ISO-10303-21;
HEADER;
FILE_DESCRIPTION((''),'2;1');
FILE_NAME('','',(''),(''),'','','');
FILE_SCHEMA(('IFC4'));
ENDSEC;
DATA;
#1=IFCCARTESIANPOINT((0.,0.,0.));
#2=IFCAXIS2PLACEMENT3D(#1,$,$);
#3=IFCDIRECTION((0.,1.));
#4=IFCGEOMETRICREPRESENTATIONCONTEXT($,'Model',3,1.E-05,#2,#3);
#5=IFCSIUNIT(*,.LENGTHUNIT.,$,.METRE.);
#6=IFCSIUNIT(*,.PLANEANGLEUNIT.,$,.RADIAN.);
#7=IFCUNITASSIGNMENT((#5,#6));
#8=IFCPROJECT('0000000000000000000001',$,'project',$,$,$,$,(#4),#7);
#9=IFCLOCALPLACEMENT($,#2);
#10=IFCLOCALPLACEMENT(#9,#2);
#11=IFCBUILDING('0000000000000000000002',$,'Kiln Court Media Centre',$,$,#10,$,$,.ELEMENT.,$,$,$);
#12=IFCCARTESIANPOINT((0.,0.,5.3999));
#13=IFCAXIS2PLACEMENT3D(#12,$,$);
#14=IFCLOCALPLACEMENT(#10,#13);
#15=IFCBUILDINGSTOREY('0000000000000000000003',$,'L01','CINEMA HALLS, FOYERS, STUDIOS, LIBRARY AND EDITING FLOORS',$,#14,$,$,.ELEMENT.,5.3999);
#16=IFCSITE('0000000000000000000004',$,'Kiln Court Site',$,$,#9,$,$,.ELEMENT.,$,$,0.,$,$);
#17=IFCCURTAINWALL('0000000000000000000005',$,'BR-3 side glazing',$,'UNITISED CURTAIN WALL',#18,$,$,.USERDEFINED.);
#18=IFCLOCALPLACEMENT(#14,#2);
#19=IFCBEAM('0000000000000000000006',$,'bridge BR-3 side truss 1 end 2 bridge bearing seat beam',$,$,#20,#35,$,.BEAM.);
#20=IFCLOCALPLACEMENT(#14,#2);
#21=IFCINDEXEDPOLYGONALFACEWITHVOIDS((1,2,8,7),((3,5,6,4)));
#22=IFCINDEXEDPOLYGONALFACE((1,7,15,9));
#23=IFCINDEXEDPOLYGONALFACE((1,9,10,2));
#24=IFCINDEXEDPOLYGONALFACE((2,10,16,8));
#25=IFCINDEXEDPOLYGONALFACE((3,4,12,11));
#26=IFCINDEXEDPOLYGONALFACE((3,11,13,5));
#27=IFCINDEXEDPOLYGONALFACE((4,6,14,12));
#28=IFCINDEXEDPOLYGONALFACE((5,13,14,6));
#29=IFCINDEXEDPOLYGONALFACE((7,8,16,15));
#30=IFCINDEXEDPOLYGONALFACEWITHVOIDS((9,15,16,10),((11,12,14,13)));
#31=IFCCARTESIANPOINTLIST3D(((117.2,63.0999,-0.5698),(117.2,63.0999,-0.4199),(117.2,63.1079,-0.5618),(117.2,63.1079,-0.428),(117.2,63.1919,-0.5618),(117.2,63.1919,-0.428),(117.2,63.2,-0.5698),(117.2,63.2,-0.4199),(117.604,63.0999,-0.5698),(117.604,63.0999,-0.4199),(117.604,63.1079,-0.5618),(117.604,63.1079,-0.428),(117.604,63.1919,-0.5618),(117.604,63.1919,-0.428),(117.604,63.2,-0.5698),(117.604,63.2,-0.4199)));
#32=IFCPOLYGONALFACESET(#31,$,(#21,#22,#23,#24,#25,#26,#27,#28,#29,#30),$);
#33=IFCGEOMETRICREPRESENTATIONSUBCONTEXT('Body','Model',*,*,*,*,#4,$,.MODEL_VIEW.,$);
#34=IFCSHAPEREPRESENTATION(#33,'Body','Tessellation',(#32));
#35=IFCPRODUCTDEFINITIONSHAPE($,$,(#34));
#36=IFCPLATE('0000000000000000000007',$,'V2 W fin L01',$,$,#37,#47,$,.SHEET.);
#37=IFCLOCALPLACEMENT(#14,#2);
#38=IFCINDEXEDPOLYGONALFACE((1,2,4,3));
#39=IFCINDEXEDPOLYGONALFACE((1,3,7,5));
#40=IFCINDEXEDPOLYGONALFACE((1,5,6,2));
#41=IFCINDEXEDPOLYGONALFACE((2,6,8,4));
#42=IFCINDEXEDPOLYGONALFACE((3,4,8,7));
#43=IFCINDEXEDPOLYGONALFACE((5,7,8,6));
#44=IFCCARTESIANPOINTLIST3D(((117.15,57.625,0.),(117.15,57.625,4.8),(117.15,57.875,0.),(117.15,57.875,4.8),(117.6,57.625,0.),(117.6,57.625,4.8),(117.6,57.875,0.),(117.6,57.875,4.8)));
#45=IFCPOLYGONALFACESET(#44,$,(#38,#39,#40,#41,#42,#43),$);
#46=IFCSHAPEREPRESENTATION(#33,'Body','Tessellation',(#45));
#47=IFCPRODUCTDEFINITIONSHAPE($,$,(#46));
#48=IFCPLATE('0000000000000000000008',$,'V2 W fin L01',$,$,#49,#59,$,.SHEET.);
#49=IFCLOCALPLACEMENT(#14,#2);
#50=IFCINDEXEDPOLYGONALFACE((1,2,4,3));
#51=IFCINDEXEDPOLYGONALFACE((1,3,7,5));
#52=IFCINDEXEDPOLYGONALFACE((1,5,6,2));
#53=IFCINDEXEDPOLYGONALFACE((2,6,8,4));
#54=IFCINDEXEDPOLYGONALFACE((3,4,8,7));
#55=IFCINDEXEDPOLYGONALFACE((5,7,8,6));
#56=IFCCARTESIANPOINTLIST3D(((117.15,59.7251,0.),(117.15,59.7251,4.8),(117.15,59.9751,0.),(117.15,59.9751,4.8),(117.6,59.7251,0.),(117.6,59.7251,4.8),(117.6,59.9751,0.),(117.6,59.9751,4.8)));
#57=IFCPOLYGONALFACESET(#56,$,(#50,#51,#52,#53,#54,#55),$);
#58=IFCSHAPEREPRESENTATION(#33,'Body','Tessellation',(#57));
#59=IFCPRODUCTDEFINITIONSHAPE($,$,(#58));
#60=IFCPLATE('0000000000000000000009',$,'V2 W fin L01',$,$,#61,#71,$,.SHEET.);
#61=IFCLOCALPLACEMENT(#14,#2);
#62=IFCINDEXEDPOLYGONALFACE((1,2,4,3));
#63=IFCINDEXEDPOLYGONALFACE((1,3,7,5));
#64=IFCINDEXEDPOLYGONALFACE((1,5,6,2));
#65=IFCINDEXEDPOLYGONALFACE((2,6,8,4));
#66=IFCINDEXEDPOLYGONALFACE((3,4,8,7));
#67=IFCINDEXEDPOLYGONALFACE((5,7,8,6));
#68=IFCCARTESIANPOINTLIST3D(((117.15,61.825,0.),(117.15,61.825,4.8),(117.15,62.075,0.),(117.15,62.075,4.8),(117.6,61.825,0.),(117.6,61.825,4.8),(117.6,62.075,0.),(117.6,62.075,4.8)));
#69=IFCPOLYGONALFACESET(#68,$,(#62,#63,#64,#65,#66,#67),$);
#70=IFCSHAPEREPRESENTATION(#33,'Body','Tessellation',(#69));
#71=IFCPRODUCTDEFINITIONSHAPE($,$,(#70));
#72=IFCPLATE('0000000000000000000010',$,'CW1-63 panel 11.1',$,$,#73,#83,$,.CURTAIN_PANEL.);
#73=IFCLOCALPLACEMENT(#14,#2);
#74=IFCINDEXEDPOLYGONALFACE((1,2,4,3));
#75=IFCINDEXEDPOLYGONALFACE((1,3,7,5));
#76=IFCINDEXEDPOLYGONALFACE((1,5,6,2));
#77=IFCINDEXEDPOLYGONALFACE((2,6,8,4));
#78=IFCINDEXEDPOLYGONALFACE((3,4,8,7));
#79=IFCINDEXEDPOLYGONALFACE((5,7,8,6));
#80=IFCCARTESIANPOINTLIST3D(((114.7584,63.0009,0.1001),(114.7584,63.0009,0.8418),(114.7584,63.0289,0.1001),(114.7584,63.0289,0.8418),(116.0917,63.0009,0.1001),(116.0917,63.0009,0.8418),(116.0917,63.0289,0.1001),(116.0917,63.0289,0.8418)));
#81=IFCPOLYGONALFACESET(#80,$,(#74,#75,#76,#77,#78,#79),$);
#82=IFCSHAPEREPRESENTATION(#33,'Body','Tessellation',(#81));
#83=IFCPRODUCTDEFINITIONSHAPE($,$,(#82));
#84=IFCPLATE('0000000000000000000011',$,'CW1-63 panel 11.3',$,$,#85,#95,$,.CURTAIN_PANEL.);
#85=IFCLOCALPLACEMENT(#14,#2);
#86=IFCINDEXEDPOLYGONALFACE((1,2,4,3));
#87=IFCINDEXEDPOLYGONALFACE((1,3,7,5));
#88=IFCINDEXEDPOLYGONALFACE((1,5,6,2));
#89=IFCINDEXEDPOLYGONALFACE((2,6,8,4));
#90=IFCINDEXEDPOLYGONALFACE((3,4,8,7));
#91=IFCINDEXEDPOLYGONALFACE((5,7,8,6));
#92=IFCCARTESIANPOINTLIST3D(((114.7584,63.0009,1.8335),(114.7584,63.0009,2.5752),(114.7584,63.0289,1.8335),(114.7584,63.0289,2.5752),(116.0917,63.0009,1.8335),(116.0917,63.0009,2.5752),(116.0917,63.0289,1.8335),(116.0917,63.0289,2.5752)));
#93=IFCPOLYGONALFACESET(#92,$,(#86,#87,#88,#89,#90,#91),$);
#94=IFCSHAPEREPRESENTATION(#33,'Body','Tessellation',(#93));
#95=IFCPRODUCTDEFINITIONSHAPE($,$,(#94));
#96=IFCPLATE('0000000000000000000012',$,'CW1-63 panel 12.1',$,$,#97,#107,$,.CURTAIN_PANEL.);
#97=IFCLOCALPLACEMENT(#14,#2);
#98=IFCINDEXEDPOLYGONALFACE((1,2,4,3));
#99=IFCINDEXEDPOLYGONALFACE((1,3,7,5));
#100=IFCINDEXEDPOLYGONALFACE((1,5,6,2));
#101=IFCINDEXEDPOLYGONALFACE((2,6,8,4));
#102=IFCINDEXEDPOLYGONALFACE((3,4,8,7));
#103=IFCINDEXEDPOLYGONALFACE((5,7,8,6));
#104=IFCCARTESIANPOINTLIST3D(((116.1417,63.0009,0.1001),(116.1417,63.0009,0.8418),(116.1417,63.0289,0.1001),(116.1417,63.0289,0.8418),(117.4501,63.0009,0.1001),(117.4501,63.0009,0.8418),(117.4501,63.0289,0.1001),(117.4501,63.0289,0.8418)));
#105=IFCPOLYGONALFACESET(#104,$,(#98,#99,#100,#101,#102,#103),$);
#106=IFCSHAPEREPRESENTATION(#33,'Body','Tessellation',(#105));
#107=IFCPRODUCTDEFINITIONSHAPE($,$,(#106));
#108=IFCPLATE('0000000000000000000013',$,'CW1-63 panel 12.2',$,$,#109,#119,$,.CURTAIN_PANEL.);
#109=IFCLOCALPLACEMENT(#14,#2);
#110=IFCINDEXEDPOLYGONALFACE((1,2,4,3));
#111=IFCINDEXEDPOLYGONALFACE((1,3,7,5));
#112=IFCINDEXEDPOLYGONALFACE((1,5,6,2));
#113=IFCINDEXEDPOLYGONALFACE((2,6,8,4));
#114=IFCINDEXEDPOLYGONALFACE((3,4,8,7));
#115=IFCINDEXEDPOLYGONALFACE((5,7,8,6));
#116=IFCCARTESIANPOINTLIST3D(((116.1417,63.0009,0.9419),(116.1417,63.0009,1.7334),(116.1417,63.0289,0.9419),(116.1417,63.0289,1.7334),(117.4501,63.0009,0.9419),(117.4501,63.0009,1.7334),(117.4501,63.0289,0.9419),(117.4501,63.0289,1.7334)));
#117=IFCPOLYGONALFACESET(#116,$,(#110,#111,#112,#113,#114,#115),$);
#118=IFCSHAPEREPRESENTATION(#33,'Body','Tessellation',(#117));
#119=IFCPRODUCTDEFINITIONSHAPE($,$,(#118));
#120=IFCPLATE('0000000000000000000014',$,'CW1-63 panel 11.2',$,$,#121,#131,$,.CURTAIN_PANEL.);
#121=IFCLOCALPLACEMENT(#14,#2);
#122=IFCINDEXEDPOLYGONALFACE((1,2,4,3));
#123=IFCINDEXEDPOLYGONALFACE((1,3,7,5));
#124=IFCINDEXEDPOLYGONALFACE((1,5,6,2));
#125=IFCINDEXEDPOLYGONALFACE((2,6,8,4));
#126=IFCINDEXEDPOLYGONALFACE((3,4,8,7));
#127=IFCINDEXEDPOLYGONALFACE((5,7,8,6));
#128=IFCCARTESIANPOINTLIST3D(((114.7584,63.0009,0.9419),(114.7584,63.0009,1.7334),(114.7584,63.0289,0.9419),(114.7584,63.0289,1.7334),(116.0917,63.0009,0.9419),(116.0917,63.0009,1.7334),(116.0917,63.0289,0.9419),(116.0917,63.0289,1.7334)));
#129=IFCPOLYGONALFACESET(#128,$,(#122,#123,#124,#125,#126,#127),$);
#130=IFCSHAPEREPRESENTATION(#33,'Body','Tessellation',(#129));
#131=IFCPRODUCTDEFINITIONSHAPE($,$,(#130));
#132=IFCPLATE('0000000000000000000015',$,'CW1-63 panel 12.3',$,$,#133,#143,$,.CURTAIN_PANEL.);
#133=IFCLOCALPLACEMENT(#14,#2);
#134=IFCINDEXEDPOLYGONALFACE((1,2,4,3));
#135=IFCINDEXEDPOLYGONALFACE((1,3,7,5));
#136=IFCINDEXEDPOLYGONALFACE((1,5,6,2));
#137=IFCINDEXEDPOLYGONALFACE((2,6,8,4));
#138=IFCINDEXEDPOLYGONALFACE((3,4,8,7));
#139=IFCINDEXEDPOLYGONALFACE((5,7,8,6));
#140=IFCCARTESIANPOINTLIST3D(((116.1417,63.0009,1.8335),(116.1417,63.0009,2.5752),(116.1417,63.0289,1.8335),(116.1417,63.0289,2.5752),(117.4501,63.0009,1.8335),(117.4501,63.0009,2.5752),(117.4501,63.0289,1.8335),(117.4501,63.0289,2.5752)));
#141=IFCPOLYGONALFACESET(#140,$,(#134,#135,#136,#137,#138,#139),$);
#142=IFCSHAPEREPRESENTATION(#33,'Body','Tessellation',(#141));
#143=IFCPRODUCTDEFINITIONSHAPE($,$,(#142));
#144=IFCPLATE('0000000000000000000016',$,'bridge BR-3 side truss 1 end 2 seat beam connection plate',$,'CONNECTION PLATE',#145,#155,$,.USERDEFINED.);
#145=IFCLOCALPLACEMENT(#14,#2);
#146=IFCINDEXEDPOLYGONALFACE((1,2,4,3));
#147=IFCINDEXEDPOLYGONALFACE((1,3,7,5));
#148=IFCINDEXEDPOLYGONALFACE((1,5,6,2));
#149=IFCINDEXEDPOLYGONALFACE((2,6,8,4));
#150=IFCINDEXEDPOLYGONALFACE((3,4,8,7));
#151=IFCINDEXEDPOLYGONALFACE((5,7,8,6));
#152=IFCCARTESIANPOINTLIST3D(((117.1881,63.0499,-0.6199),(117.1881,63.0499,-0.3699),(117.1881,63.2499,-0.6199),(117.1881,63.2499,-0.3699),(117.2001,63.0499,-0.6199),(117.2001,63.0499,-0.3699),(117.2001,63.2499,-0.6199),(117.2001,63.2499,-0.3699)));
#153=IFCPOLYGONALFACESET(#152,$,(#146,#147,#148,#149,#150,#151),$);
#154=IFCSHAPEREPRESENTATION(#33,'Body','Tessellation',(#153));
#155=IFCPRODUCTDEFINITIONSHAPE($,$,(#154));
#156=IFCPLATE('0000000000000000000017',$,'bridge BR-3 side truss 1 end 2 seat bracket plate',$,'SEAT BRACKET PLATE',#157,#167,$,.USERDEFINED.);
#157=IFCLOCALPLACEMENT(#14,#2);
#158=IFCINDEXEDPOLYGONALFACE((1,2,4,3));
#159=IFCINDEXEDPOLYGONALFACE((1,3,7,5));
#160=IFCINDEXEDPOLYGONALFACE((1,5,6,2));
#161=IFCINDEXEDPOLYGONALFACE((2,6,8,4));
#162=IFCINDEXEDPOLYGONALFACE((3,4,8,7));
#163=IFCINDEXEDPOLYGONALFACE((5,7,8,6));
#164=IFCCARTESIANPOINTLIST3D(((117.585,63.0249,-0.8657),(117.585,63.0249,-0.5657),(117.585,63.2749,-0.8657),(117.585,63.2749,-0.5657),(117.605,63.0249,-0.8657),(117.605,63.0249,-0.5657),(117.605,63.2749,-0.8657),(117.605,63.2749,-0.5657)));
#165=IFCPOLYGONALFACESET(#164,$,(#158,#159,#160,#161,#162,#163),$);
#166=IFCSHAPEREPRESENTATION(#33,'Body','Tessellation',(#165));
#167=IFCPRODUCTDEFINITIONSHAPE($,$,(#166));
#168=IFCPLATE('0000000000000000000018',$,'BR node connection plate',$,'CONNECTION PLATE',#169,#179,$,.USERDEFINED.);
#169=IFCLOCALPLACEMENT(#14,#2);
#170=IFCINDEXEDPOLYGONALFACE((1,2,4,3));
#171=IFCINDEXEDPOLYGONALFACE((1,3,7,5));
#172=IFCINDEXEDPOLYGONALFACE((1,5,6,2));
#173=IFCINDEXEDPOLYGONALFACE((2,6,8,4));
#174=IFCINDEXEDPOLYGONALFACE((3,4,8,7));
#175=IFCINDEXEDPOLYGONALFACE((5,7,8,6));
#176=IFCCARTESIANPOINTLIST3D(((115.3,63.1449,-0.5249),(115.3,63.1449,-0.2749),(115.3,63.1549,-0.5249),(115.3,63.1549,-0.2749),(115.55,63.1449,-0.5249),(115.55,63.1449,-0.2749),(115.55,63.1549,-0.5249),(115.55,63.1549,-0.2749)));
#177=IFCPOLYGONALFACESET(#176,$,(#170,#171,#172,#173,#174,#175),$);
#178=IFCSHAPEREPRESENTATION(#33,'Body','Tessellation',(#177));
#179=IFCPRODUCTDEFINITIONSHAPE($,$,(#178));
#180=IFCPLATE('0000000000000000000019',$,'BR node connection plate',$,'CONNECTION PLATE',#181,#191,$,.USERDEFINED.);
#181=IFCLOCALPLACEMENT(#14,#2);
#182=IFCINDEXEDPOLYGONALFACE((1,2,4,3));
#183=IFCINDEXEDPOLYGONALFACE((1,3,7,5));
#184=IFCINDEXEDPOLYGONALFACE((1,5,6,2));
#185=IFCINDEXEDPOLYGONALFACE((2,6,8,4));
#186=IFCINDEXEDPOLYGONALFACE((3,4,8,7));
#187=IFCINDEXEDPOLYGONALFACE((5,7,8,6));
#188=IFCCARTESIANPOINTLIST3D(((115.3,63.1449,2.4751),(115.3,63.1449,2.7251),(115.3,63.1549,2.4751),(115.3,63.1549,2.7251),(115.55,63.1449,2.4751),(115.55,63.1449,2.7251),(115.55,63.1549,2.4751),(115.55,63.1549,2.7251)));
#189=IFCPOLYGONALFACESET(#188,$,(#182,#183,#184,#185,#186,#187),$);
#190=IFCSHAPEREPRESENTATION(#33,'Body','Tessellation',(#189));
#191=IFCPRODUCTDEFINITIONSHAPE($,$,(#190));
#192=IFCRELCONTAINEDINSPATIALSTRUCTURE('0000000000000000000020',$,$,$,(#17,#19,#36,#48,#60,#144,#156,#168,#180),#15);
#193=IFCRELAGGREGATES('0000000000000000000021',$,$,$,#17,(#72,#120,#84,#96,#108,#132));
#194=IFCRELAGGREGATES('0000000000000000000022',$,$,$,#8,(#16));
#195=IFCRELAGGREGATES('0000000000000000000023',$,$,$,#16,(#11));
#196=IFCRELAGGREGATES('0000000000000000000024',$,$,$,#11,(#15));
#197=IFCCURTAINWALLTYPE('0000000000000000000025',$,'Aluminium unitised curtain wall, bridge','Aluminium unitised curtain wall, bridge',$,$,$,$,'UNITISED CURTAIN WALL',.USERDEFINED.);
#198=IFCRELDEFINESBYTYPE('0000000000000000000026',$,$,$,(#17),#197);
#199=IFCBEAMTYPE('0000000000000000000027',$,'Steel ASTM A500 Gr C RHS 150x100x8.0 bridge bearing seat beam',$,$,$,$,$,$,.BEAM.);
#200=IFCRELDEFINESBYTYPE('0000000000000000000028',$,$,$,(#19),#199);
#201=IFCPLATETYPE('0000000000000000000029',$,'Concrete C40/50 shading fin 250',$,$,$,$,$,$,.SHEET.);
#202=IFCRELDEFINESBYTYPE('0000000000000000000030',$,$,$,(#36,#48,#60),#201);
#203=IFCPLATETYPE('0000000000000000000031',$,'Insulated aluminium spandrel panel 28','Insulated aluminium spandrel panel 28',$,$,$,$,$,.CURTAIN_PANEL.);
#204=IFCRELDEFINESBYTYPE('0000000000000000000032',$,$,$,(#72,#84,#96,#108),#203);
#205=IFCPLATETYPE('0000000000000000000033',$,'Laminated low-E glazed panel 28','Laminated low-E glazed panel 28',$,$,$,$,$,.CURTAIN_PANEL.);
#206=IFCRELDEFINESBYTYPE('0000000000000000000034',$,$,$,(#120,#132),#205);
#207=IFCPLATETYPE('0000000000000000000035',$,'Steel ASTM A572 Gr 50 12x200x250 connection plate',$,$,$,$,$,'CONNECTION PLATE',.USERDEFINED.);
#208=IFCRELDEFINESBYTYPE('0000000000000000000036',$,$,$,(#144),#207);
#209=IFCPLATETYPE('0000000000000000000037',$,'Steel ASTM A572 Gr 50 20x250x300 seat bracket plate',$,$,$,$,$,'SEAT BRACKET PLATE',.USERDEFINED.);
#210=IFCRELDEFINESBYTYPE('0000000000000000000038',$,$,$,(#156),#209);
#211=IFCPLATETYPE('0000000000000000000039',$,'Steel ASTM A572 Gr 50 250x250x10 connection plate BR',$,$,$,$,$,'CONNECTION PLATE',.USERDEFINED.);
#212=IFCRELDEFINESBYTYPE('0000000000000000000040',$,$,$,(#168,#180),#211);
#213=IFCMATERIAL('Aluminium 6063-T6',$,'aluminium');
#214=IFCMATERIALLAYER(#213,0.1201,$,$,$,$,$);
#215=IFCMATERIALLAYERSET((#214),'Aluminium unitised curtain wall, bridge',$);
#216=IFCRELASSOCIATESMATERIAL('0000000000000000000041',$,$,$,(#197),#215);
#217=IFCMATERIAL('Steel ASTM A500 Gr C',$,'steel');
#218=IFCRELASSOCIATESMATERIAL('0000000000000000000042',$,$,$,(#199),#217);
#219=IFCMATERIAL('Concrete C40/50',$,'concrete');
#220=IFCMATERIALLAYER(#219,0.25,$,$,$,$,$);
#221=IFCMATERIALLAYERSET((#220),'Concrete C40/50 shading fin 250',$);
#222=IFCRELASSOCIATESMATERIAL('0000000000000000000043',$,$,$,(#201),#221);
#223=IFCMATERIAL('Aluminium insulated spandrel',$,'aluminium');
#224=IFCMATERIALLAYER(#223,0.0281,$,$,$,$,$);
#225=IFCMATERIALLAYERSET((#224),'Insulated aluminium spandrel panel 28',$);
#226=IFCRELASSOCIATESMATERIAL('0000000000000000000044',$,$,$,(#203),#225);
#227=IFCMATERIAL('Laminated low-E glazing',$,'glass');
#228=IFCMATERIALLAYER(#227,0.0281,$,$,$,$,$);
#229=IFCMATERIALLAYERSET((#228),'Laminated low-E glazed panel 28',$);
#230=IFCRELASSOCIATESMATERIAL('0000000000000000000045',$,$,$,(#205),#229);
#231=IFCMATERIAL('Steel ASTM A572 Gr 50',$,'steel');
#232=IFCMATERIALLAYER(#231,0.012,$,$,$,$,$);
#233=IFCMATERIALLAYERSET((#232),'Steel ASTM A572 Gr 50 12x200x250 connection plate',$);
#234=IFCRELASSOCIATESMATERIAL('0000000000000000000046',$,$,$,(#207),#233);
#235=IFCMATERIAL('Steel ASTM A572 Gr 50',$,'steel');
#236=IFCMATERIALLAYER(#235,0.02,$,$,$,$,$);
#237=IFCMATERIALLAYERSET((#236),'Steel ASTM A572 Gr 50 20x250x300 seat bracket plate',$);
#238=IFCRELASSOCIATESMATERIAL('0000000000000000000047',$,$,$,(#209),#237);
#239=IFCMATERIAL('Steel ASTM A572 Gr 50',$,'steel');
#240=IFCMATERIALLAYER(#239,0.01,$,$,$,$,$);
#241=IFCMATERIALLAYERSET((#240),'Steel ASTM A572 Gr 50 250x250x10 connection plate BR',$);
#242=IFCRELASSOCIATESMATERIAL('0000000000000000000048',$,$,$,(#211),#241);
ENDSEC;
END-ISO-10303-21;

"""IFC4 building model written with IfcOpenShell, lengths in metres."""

from ifc_helpers import new_model, si_unit, direction, frame, origin, origin_2d, place, context, subcontext, project, spatial, rectangle, hollow_rectangle, extrude, material, layer, layer_set, material_profile, profile_set, type_object, element, aggregate, save


model = new_model("IFC4")

# Units and contexts
model_context = context("Model", 3, precision=1e-05, world=origin(), true_north=direction((0.0, 1.0)))
body_context = subcontext(model_context, "Body", "Model", "MODEL_VIEW")
ifc_project = project(units=[si_unit("LENGTHUNIT", "METRE"), si_unit("PLANEANGLEUNIT", "RADIAN")], contexts=[model_context])

# Site, building, storey
site_placement = place(None, origin())
site = spatial("IfcSite", under=ifc_project, at=site_placement, Name="Kiln Court Site", CompositionType="ELEMENT", RefElevation=0.0)
building_placement = place(site_placement, origin())
building = spatial("IfcBuilding", under=site, at=building_placement, Name="Kiln Court Media Centre", CompositionType="ELEMENT")
storey_placement = place(building_placement, frame((0.0, 0.0, 5.3999)))
storey = spatial("IfcBuildingStorey", under=building, at=storey_placement, Name="L01", Description="CINEMA HALLS, FOYERS, STUDIOS, LIBRARY AND EDITING FLOORS", CompositionType="ELEMENT", Elevation=5.3999)

# Curtain wall
ifc_material_1 = material(Name="Aluminium 6063-T6", Category="aluminium")
ifc_layer_1 = layer(ifc_material_1, 0.1201)
ifc_layer_set_1 = layer_set([ifc_layer_1], Name="Aluminium unitised curtain wall, bridge")
curtain_wall_type = type_object("IfcCurtainWallType", Name="Aluminium unitised curtain wall, bridge", Description="Aluminium unitised curtain wall, bridge", ElementType="UNITISED CURTAIN WALL", PredefinedType="USERDEFINED", material=ifc_layer_set_1)
curtain_wall_placement = place(storey_placement, origin())
curtain_wall = element("IfcCurtainWall", 1, at=curtain_wall_placement, inside=storey, type_object=curtain_wall_type, Name="BR-3 side glazing", ObjectType="UNITISED CURTAIN WALL", PredefinedType="USERDEFINED")

# Beam
ifc_material_2 = material(Name="Steel ASTM A500 Gr C", Category="steel")
ifc_material_profile_1 = material_profile(ifc_material_2, hollow_rectangle(XDim=0.1001, YDim=0.1499, WallThickness=0.0081, at=origin_2d()), Name="RHS 150x100x8.0")
ifc_profile_set_1 = profile_set([ifc_material_profile_1], Name="Steel ASTM A500 Gr C")
beam_type_1 = type_object("IfcBeamType", Name="Steel ASTM A500 Gr C RHS 150x100x8.0 bridge bearing seat beam", PredefinedType="BEAM", material=ifc_profile_set_1)
beam_1_placement = place(storey_placement, frame((117.604, 63.1499, -0.4949), z_axis=(-1.0, 0.0, 0.0), x_axis=(0.0, -1.0, 0.0)))
element("IfcBeam", 2, at=beam_1_placement, inside=storey, type_object=beam_type_1, Name="bridge BR-3 side truss 1 end 2 bridge bearing seat beam", PredefinedType="BEAM", context=body_context, shape_type="SweptSolid", body=[
    extrude(hollow_rectangle(XDim=0.1001, YDim=0.1499, WallThickness=0.0081, at=origin_2d()), origin(), (0.0, 0.0, 1.0), 0.4041),
])

# Plates
ifc_material_3 = material(Name="Concrete C40/50", Category="concrete")
ifc_layer_2 = layer(ifc_material_3, 0.25)
ifc_layer_set_2 = layer_set([ifc_layer_2], Name="Concrete C40/50 shading fin 250")
plate_type_1 = type_object("IfcPlateType", Name="Concrete C40/50 shading fin 250", PredefinedType="SHEET", material=ifc_layer_set_2)
for number, where, z_axis, x_axis, name in (
    (3, (117.375, 57.75, 0.0), (0.0, 0.0, 1.0), (1.0, 0.0, 0.0), "V2 W fin L01"),
    (4, (117.375, 59.8501, 0.0), (0.0, 0.0, 1.0), (1.0, 0.0, 0.0), "V2 W fin L01"),
    (5, (117.375, 61.95, 0.0), (0.0, 0.0, 1.0), (1.0, 0.0, 0.0), "V2 W fin L01"),
):
    element("IfcPlate", number, at=place(storey_placement, frame(where, z_axis=z_axis, x_axis=x_axis)), inside=storey, type_object=plate_type_1, Name=name, PredefinedType="SHEET", context=body_context, shape_type="SweptSolid", body=[
        extrude(rectangle(XDim=0.45, YDim=0.25, at=origin_2d()), origin(), (0.0, 0.0, 1.0), 4.8),
    ])

# Plates
ifc_material_4 = material(Name="Aluminium insulated spandrel", Category="aluminium")
ifc_layer_3 = layer(ifc_material_4, 0.0281)
ifc_layer_set_3 = layer_set([ifc_layer_3], Name="Insulated aluminium spandrel panel 28")
plate_type_2 = type_object("IfcPlateType", Name="Insulated aluminium spandrel panel 28", Description="Insulated aluminium spandrel panel 28", PredefinedType="CURTAIN_PANEL", material=ifc_layer_set_3)
plate_1_placement = place(storey_placement, frame((115.425, 63.0149, 0.1001), z_axis=(0.0, 0.0, 1.0), x_axis=(1.0, 0.0, 0.0)))
plate_1 = element("IfcPlate", 6, at=plate_1_placement, type_object=plate_type_2, Name="CW1-63 panel 11.1", PredefinedType="CURTAIN_PANEL", context=body_context, shape_type="SweptSolid", body=[
    extrude(rectangle(XDim=1.3333, YDim=0.0281, at=origin_2d()), origin(), (0.0, 0.0, 1.0), 0.7417),
])
plate_2_placement = place(storey_placement, frame((115.425, 63.0149, 1.8335), z_axis=(0.0, 0.0, 1.0), x_axis=(1.0, 0.0, 0.0)))
plate_2 = element("IfcPlate", 7, at=plate_2_placement, type_object=plate_type_2, Name="CW1-63 panel 11.3", PredefinedType="CURTAIN_PANEL", context=body_context, shape_type="SweptSolid", body=[
    extrude(rectangle(XDim=1.3333, YDim=0.0281, at=origin_2d()), origin(), (0.0, 0.0, 1.0), 0.7417),
])
plate_3_placement = place(storey_placement, frame((116.7959, 63.0149, 0.1001), z_axis=(0.0, 0.0, 1.0), x_axis=(1.0, 0.0, 0.0)))
plate_3 = element("IfcPlate", 8, at=plate_3_placement, type_object=plate_type_2, Name="CW1-63 panel 12.1", PredefinedType="CURTAIN_PANEL", context=body_context, shape_type="SweptSolid", body=[
    extrude(rectangle(XDim=1.3083, YDim=0.0281, at=origin_2d()), origin(), (0.0, 0.0, 1.0), 0.7417),
])
plate_4_placement = place(storey_placement, frame((116.7959, 63.0149, 0.9419), z_axis=(0.0, 0.0, 1.0), x_axis=(1.0, 0.0, 0.0)))
plate_4 = element("IfcPlate", 9, at=plate_4_placement, type_object=plate_type_2, Name="CW1-63 panel 12.2", PredefinedType="CURTAIN_PANEL", context=body_context, shape_type="SweptSolid", body=[
    extrude(rectangle(XDim=1.3083, YDim=0.0281, at=origin_2d()), origin(), (0.0, 0.0, 1.0), 0.7915),
])
ifc_material_5 = material(Name="Laminated low-E glazing", Category="glass")
ifc_layer_4 = layer(ifc_material_5, 0.0281)
ifc_layer_set_4 = layer_set([ifc_layer_4], Name="Laminated low-E glazed panel 28")
plate_type_3 = type_object("IfcPlateType", Name="Laminated low-E glazed panel 28", Description="Laminated low-E glazed panel 28", PredefinedType="CURTAIN_PANEL", material=ifc_layer_set_4)
plate_5_placement = place(storey_placement, frame((115.425, 63.0149, 0.9419), z_axis=(0.0, 0.0, 1.0), x_axis=(1.0, 0.0, 0.0)))
plate_5 = element("IfcPlate", 10, at=plate_5_placement, type_object=plate_type_3, Name="CW1-63 panel 11.2", PredefinedType="CURTAIN_PANEL", context=body_context, shape_type="SweptSolid", body=[
    extrude(rectangle(XDim=1.3333, YDim=0.0281, at=origin_2d()), origin(), (0.0, 0.0, 1.0), 0.7915),
])
plate_6_placement = place(storey_placement, frame((116.7959, 63.0149, 1.8335), z_axis=(0.0, 0.0, 1.0), x_axis=(1.0, 0.0, 0.0)))
plate_6 = element("IfcPlate", 11, at=plate_6_placement, type_object=plate_type_3, Name="CW1-63 panel 12.3", PredefinedType="CURTAIN_PANEL", context=body_context, shape_type="SweptSolid", body=[
    extrude(rectangle(XDim=1.3083, YDim=0.0281, at=origin_2d()), origin(), (0.0, 0.0, 1.0), 0.7417),
])
aggregate(curtain_wall, [plate_1, plate_5, plate_2, plate_3, plate_4, plate_6])

# Plates
ifc_material_6 = material(Name="Steel ASTM A572 Gr 50", Category="steel")
ifc_layer_5 = layer(ifc_material_6, 0.012)
ifc_layer_set_5 = layer_set([ifc_layer_5], Name="Steel ASTM A572 Gr 50 12x200x250 connection plate")
plate_type_4 = type_object("IfcPlateType", Name="Steel ASTM A572 Gr 50 12x200x250 connection plate", ElementType="CONNECTION PLATE", PredefinedType="USERDEFINED", material=ifc_layer_set_5)
plate_7_placement = place(storey_placement, frame((117.1941, 63.1499, -0.6199), z_axis=(0.0, 0.0, 1.0), x_axis=(1.0, 0.0, 0.0)))
element("IfcPlate", 12, at=plate_7_placement, inside=storey, type_object=plate_type_4, Name="bridge BR-3 side truss 1 end 2 seat beam connection plate", ObjectType="CONNECTION PLATE", PredefinedType="USERDEFINED", context=body_context, shape_type="SweptSolid", body=[
    extrude(rectangle(XDim=0.012, YDim=0.2, at=origin_2d()), origin(), (0.0, 0.0, 1.0), 0.25),
])
ifc_material_7 = material(Name="Steel ASTM A572 Gr 50", Category="steel")
ifc_layer_6 = layer(ifc_material_7, 0.02)
ifc_layer_set_6 = layer_set([ifc_layer_6], Name="Steel ASTM A572 Gr 50 20x250x300 seat bracket plate")
plate_type_5 = type_object("IfcPlateType", Name="Steel ASTM A572 Gr 50 20x250x300 seat bracket plate", ElementType="SEAT BRACKET PLATE", PredefinedType="USERDEFINED", material=ifc_layer_set_6)
plate_8_placement = place(storey_placement, frame((117.595, 63.1499, -0.8657), z_axis=(0.0, 0.0, 1.0), x_axis=(1.0, 0.0, 0.0)))
element("IfcPlate", 13, at=plate_8_placement, inside=storey, type_object=plate_type_5, Name="bridge BR-3 side truss 1 end 2 seat bracket plate", ObjectType="SEAT BRACKET PLATE", PredefinedType="USERDEFINED", context=body_context, shape_type="SweptSolid", body=[
    extrude(rectangle(XDim=0.02, YDim=0.25, at=origin_2d()), origin(), (0.0, 0.0, 1.0), 0.3),
])
ifc_material_8 = material(Name="Steel ASTM A572 Gr 50", Category="steel")
ifc_layer_7 = layer(ifc_material_8, 0.01)
ifc_layer_set_7 = layer_set([ifc_layer_7], Name="Steel ASTM A572 Gr 50 250x250x10 connection plate BR")
plate_type_6 = type_object("IfcPlateType", Name="Steel ASTM A572 Gr 50 250x250x10 connection plate BR", ElementType="CONNECTION PLATE", PredefinedType="USERDEFINED", material=ifc_layer_set_7)
for number, where, z_axis, x_axis, name in (
    (14, (115.425, 63.1499, -0.5249), (0.0, 0.0, 1.0), (1.0, 0.0, 0.0), "BR node connection plate"),
    (15, (115.425, 63.1499, 2.4751), (0.0, 0.0, 1.0), (1.0, 0.0, 0.0), "BR node connection plate"),
):
    element("IfcPlate", number, at=place(storey_placement, frame(where, z_axis=z_axis, x_axis=x_axis)), inside=storey, type_object=plate_type_6, Name=name, ObjectType="CONNECTION PLATE", PredefinedType="USERDEFINED", context=body_context, shape_type="SweptSolid", body=[
        extrude(rectangle(XDim=0.25, YDim=0.01, at=origin_2d()), origin(), (0.0, 0.0, 1.0), 0.25),
    ])

save(model, "model.ifc")
